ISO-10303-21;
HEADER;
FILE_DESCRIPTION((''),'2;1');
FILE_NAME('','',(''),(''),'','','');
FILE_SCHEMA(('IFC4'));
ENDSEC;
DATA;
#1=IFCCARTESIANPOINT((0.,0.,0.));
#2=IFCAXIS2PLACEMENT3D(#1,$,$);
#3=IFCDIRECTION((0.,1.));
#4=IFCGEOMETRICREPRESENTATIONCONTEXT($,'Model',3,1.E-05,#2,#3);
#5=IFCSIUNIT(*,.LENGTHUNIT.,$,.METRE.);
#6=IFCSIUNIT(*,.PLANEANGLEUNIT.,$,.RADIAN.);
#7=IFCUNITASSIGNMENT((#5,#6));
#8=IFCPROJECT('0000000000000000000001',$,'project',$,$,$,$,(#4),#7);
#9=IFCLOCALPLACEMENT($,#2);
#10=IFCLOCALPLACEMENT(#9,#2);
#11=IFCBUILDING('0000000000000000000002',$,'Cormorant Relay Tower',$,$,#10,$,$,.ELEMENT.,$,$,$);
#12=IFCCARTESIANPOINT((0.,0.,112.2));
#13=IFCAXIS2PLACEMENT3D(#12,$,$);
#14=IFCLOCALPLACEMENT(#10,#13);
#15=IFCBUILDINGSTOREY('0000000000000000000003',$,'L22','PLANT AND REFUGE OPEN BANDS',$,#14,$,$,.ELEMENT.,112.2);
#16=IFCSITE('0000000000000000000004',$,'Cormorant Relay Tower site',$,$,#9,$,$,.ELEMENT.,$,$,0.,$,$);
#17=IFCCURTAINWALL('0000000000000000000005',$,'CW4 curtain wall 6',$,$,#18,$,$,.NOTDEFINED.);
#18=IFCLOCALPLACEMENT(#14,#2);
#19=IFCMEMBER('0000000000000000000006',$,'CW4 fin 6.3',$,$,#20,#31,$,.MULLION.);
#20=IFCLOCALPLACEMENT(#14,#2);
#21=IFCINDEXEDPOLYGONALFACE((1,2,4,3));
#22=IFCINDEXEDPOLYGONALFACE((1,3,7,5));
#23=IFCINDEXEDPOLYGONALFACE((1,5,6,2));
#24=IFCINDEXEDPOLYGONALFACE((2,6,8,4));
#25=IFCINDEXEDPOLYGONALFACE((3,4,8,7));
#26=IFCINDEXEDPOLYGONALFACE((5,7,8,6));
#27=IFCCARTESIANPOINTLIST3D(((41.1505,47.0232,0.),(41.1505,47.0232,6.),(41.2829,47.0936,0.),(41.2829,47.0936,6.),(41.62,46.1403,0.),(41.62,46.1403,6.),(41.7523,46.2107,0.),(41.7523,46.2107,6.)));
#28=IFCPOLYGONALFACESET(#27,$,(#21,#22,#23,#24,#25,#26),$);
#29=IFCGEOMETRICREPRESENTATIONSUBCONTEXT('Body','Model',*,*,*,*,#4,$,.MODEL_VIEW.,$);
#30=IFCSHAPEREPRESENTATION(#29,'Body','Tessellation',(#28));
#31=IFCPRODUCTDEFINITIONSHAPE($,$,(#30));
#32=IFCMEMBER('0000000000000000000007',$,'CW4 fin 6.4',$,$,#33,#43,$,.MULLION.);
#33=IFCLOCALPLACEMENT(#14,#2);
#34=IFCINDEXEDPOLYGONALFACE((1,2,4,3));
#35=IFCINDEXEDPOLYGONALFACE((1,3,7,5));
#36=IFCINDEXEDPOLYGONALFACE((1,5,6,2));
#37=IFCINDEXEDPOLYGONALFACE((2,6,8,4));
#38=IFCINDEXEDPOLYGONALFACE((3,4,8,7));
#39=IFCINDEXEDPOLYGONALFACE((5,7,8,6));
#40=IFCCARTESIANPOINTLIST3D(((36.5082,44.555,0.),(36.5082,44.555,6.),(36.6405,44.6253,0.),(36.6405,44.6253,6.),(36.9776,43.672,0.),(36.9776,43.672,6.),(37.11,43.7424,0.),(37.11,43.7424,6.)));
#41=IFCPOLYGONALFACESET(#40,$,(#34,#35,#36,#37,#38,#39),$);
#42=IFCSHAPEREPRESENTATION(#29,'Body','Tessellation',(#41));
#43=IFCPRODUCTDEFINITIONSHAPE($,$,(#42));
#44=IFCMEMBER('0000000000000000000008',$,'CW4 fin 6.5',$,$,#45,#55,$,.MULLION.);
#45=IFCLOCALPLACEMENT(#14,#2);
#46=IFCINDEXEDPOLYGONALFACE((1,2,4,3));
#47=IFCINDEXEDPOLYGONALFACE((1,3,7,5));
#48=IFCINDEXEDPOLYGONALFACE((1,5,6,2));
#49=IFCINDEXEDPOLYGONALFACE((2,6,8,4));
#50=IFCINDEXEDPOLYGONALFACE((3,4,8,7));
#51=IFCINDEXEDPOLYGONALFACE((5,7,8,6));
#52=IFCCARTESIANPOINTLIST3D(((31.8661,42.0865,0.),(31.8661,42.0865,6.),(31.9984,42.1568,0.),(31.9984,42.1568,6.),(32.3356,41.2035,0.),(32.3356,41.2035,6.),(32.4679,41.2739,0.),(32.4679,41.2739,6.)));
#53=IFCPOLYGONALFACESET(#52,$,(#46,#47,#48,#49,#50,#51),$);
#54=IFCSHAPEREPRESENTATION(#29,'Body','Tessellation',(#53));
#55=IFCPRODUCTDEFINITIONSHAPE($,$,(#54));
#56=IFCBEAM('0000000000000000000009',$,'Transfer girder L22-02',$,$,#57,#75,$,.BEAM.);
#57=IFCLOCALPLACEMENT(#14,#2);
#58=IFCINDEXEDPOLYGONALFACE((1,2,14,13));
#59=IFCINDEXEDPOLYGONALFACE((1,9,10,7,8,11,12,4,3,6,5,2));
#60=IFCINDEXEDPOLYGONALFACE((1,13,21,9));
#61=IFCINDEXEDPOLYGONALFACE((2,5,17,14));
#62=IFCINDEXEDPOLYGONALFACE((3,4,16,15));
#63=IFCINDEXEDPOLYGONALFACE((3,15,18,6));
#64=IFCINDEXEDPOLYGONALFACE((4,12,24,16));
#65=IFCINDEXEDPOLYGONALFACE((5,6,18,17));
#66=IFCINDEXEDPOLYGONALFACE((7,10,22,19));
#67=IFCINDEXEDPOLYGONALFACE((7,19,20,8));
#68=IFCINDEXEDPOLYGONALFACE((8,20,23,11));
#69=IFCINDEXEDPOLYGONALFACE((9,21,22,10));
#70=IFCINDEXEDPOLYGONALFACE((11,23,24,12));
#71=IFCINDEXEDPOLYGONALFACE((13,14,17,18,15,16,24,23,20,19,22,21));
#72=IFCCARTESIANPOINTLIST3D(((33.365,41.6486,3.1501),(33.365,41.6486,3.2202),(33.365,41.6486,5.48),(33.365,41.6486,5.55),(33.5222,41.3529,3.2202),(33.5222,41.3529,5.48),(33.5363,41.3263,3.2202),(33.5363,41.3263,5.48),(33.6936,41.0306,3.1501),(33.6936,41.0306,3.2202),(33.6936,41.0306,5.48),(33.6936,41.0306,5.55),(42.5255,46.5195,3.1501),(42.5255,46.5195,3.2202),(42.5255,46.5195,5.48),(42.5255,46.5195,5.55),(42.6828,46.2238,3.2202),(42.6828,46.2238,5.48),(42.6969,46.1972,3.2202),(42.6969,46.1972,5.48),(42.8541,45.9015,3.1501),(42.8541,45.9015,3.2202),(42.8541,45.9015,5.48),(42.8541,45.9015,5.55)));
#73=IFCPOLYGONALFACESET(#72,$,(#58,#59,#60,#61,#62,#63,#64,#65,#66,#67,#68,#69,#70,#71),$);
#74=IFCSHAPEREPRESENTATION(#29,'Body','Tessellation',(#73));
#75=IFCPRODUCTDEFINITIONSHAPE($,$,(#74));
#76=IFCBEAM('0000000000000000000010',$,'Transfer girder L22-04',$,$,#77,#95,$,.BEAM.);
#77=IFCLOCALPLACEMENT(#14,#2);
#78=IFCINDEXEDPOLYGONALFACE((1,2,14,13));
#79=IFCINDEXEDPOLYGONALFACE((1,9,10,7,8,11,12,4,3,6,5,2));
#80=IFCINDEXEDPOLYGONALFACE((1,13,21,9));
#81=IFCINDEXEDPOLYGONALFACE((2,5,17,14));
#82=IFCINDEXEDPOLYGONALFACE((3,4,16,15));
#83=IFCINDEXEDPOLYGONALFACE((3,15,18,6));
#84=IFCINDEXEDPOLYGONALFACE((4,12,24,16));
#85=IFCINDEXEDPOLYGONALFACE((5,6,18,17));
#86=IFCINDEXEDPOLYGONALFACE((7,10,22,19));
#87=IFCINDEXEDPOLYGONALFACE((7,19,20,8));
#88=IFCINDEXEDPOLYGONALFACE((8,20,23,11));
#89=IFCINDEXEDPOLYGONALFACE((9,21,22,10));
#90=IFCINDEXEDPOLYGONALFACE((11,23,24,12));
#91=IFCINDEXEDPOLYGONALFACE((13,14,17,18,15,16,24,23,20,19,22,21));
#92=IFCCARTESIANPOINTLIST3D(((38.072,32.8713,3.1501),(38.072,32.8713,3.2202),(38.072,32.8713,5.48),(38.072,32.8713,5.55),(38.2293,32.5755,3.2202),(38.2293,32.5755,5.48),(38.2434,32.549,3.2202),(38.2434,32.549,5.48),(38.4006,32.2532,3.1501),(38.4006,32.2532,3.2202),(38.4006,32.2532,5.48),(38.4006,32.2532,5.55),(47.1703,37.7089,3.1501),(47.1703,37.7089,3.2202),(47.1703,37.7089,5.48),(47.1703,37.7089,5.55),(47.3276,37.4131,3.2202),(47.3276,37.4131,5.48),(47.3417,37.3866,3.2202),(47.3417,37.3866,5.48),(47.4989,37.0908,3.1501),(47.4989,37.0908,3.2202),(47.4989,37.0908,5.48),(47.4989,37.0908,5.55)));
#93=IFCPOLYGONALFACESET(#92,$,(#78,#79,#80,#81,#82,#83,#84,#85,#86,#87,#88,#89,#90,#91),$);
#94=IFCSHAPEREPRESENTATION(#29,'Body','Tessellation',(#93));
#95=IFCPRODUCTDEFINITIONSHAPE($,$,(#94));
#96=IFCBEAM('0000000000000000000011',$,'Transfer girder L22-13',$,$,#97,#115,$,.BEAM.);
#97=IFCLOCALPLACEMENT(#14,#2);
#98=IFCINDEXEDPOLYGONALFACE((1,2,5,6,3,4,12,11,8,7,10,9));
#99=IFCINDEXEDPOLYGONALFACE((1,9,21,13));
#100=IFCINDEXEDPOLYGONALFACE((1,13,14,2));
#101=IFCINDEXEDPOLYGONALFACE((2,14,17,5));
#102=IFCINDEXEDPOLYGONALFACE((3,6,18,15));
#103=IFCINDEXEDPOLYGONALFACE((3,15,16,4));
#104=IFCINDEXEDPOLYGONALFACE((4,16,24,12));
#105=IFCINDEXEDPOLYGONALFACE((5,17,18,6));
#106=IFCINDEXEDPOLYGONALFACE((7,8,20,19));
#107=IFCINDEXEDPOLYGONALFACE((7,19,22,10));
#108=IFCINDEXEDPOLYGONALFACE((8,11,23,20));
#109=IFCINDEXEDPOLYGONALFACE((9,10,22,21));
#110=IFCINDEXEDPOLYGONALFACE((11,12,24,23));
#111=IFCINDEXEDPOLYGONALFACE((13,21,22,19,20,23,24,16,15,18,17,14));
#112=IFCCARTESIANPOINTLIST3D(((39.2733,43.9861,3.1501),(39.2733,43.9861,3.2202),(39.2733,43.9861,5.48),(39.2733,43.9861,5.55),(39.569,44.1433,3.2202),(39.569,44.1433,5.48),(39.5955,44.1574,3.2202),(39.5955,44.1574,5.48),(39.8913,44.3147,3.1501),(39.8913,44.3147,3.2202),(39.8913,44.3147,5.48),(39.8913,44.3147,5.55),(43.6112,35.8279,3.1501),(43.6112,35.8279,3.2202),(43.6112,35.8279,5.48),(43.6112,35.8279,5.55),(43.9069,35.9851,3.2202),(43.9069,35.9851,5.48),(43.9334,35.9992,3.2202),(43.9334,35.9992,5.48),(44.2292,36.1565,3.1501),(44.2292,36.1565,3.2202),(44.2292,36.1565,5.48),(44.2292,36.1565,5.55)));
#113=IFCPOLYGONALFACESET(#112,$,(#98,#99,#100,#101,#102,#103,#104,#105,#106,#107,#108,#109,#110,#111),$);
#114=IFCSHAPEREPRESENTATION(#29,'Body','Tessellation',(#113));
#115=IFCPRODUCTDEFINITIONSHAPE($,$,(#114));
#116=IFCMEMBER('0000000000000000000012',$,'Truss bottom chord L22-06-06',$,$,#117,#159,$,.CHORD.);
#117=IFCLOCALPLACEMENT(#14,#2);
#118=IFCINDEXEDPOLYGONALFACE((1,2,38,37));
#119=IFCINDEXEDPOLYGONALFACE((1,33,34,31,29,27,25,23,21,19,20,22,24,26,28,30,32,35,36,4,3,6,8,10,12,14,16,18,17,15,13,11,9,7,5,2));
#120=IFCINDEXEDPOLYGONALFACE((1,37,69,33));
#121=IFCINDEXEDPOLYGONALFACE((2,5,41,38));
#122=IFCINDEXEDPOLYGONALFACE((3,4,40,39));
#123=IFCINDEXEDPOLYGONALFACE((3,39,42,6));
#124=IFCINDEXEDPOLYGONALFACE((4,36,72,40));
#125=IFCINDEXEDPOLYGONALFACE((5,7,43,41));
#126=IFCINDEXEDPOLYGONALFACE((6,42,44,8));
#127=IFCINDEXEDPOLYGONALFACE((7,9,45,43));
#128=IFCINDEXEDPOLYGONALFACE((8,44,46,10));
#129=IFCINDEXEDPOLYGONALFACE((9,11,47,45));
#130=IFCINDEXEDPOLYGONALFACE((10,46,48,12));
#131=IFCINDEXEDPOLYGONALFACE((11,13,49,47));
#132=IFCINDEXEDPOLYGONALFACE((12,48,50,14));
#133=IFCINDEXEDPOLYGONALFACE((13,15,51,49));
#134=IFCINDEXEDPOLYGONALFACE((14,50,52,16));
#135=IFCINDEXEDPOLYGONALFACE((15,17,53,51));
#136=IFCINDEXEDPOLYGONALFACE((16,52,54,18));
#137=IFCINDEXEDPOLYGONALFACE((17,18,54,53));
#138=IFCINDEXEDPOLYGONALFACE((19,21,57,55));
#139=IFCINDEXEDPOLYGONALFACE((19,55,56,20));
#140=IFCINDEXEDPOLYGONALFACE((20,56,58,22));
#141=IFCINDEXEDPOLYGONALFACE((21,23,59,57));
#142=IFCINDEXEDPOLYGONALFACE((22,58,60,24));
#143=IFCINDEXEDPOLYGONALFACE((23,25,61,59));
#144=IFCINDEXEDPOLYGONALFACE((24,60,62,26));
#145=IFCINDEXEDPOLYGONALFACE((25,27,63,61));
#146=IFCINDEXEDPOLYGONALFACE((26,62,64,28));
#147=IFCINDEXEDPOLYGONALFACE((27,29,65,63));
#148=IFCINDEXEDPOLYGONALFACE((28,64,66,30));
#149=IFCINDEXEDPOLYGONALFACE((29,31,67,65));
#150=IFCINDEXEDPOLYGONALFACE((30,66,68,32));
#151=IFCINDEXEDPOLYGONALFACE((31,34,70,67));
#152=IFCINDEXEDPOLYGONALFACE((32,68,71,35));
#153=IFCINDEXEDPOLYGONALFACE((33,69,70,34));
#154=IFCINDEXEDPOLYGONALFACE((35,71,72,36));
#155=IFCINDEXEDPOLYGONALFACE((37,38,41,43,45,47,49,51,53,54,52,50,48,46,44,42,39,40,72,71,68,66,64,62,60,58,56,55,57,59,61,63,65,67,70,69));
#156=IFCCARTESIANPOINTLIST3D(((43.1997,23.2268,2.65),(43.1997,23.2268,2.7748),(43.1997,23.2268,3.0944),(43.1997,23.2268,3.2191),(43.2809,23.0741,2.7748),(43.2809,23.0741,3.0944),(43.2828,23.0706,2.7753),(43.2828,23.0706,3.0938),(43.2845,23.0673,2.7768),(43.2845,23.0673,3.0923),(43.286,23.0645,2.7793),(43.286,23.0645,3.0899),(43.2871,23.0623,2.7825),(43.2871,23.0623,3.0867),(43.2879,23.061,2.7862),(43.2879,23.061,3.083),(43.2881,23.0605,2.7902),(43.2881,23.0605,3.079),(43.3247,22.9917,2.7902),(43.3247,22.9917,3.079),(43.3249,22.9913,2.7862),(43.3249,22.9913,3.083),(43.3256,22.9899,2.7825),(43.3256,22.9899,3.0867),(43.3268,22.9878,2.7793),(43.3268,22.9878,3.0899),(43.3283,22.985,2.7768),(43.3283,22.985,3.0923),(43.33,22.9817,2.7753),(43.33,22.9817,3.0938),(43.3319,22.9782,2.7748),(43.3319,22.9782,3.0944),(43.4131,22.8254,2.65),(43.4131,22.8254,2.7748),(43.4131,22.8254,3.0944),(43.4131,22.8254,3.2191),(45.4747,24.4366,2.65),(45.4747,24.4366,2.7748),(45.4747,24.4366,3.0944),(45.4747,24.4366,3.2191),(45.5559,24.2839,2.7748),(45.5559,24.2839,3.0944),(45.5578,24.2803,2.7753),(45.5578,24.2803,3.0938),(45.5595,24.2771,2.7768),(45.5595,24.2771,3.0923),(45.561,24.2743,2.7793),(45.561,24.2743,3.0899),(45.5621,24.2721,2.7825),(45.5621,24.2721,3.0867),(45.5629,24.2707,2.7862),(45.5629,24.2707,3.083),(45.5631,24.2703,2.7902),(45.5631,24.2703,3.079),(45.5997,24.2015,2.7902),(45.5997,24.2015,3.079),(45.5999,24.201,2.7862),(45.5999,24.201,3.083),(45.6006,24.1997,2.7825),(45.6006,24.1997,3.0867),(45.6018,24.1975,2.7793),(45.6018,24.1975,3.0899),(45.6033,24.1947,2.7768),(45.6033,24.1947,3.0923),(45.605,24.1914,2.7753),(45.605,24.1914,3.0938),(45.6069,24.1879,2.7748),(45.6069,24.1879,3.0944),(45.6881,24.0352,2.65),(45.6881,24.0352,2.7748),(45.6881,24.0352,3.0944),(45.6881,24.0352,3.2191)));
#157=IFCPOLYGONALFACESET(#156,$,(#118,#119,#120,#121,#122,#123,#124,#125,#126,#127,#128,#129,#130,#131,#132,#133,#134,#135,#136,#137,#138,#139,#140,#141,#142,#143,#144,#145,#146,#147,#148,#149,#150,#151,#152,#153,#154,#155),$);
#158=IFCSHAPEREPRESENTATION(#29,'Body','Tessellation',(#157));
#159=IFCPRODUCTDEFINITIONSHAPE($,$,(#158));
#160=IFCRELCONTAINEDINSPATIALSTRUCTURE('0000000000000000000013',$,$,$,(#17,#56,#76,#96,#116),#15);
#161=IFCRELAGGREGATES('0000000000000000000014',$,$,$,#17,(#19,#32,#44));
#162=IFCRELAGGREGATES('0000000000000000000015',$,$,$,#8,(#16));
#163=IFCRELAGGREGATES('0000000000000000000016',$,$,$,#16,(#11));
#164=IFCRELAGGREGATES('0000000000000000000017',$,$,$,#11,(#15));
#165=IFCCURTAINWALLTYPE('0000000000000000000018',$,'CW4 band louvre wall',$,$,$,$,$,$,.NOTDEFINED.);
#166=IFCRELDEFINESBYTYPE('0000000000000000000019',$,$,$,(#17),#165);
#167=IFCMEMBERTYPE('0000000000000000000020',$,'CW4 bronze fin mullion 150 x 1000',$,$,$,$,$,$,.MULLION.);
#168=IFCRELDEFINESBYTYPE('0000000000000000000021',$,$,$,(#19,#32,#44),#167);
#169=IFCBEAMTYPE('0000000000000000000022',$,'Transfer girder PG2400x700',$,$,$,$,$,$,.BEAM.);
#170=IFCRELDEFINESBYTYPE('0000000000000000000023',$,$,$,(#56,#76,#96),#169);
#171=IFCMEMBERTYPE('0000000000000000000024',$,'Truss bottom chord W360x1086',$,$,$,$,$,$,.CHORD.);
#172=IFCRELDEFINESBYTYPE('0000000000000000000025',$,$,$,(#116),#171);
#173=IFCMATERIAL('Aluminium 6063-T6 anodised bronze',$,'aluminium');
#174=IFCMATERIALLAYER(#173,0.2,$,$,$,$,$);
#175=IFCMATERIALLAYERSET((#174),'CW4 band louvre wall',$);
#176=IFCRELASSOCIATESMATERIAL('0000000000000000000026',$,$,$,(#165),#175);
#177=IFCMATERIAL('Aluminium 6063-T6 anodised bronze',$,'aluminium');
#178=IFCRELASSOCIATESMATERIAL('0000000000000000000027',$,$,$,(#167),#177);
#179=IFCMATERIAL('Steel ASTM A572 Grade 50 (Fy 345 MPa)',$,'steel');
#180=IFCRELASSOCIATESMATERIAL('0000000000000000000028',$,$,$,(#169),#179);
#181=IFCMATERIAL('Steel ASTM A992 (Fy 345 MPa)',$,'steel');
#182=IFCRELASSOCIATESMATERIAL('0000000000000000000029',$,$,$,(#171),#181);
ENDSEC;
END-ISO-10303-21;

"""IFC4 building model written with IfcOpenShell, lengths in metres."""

from ifc_helpers import new_model, si_unit, direction, frame, origin, origin_2d, place, context, subcontext, project, spatial, rectangle, i_section, extrude, material, layer, layer_set, material_profile, profile_set, type_object, element, aggregate, save


model = new_model("IFC4")

# Units and contexts
model_context = context("Model", 3, precision=1e-05, world=origin(), true_north=direction((0.0, 1.0)))
body_context = subcontext(model_context, "Body", "Model", "MODEL_VIEW")
ifc_project = project(units=[si_unit("LENGTHUNIT", "METRE"), si_unit("PLANEANGLEUNIT", "RADIAN")], contexts=[model_context])

# Site, building, storey
site_placement = place(None, origin())
site = spatial("IfcSite", under=ifc_project, at=site_placement, Name="Cormorant Relay Tower site", CompositionType="ELEMENT", RefElevation=0.0)
building_placement = place(site_placement, origin())
building = spatial("IfcBuilding", under=site, at=building_placement, Name="Cormorant Relay Tower", CompositionType="ELEMENT")
storey_placement = place(building_placement, frame((0.0, 0.0, 112.2)))
storey = spatial("IfcBuildingStorey", under=building, at=storey_placement, Name="L22", Description="PLANT AND REFUGE OPEN BANDS", CompositionType="ELEMENT", Elevation=112.2)

# Curtain wall, members
ifc_material_1 = material(Name="Aluminium 6063-T6 anodised bronze", Category="aluminium")
ifc_layer_1 = layer(ifc_material_1, 0.2)
ifc_layer_set_1 = layer_set([ifc_layer_1], Name="CW4 band louvre wall")
curtain_wall_type = type_object("IfcCurtainWallType", Name="CW4 band louvre wall", PredefinedType="NOTDEFINED", material=ifc_layer_set_1)
curtain_wall_placement = place(storey_placement, origin())
curtain_wall = element("IfcCurtainWall", 1, at=curtain_wall_placement, inside=storey, type_object=curtain_wall_type, Name="CW4 curtain wall 6", PredefinedType="NOTDEFINED")
ifc_material_2 = material(Name="Aluminium 6063-T6 anodised bronze", Category="aluminium")
ifc_material_profile_1 = material_profile(ifc_material_2, rectangle(XDim=0.1499, YDim=1.0, at=origin_2d()), Name="AL 150x1000")
ifc_profile_set_1 = profile_set([ifc_material_profile_1], Name="Aluminium 6063-T6 anodised bronze")
member_type_1 = type_object("IfcMemberType", Name="CW4 bronze fin mullion 150 x 1000", PredefinedType="MULLION", material=ifc_profile_set_1)
member_1_placement = place(storey_placement, frame((41.4514, 46.6169, 0.0), z_axis=(0.0, 0.0, 1.0), x_axis=(-0.882948, -0.469472, 0.0)))
member_1 = element("IfcMember", 2, at=member_1_placement, type_object=member_type_1, Name="CW4 fin 6.3", PredefinedType="MULLION", context=body_context, shape_type="SweptSolid", body=[
    extrude(rectangle(XDim=0.1499, YDim=1.0, at=origin_2d()), origin(), (0.0, 0.0, 1.0), 6.0),
])
member_2_placement = place(storey_placement, frame((36.8091, 44.1487, 0.0), z_axis=(0.0, 0.0, 1.0), x_axis=(-0.882948, -0.469472, 0.0)))
member_2 = element("IfcMember", 3, at=member_2_placement, type_object=member_type_1, Name="CW4 fin 6.4", PredefinedType="MULLION", context=body_context, shape_type="SweptSolid", body=[
    extrude(rectangle(XDim=0.1499, YDim=1.0, at=origin_2d()), origin(), (0.0, 0.0, 1.0), 6.0),
])
member_3_placement = place(storey_placement, frame((32.167, 41.6802, 0.0), z_axis=(0.0, 0.0, 1.0), x_axis=(-0.882948, -0.469472, 0.0)))
member_3 = element("IfcMember", 4, at=member_3_placement, type_object=member_type_1, Name="CW4 fin 6.5", PredefinedType="MULLION", context=body_context, shape_type="SweptSolid", body=[
    extrude(rectangle(XDim=0.1499, YDim=1.0, at=origin_2d()), origin(), (0.0, 0.0, 1.0), 6.0),
])

# Beams
ifc_material_3 = material(Name="Steel ASTM A572 Grade 50 (Fy 345 MPa)", Category="steel")
ifc_material_profile_2 = material_profile(ifc_material_3, i_section(OverallWidth=0.7, OverallDepth=2.3999, WebThickness=0.03, FlangeThickness=0.0701, at=origin_2d()), Name="PG2400x700")
ifc_profile_set_2 = profile_set([ifc_material_profile_2], Name="Steel ASTM A572 Grade 50 (Fy 345 MPa)")
beam_type = type_object("IfcBeamType", Name="Transfer girder PG2400x700", PredefinedType="BEAM", material=ifc_profile_set_2)
beam_1_placement = place(storey_placement, frame((33.5293, 41.3396, 4.3501), z_axis=(0.88294, 0.469485, 0.0), x_axis=(-0.469485, 0.88294, 0.0)))
element("IfcBeam", 5, at=beam_1_placement, inside=storey, type_object=beam_type, Name="Transfer girder L22-02", PredefinedType="BEAM", context=body_context, shape_type="SweptSolid", body=[
    extrude(i_section(OverallWidth=0.7, OverallDepth=2.3999, WebThickness=0.03, FlangeThickness=0.0701, at=origin_2d()), origin(), (0.0, 0.0, 1.0), 10.375),
])
beam_2_placement = place(storey_placement, frame((38.2363, 32.5623, 4.3501), z_axis=(0.88295, 0.469468, 0.0), x_axis=(-0.469468, 0.88295, 0.0)))
element("IfcBeam", 6, at=beam_2_placement, inside=storey, type_object=beam_type, Name="Transfer girder L22-04", PredefinedType="BEAM", context=body_context, shape_type="SweptSolid", body=[
    extrude(i_section(OverallWidth=0.7, OverallDepth=2.3999, WebThickness=0.03, FlangeThickness=0.0701, at=origin_2d()), origin(), (0.0, 0.0, 1.0), 10.3044),
])
beam_3_placement = place(storey_placement, frame((43.9202, 35.9922, 4.3501), z_axis=(-0.46948, 0.882943, 0.0), x_axis=(-0.882943, -0.46948, 0.0)))
element("IfcBeam", 7, at=beam_3_placement, inside=storey, type_object=beam_type, Name="Transfer girder L22-13", PredefinedType="BEAM", context=body_context, shape_type="SweptSolid", body=[
    extrude(i_section(OverallWidth=0.7, OverallDepth=2.3999, WebThickness=0.03, FlangeThickness=0.0701, at=origin_2d()), origin(), (0.0, 0.0, 1.0), 9.2397),
])

# Member
ifc_material_4 = material(Name="Steel ASTM A992 (Fy 345 MPa)", Category="steel")
ifc_material_profile_3 = material_profile(ifc_material_4, i_section(OverallWidth=0.4546, OverallDepth=0.5691, WebThickness=0.0779, FlangeThickness=0.1248, FilletRadius=0.0154, at=origin_2d()), Name="W360x1086")
ifc_profile_set_3 = profile_set([ifc_material_profile_3], Name="Steel ASTM A992 (Fy 345 MPa)")
member_type_2 = type_object("IfcMemberType", Name="Truss bottom chord W360x1086", PredefinedType="CHORD", material=ifc_profile_set_3)
member_4_placement = place(storey_placement, frame((43.3064, 23.0261, 2.9346), z_axis=(0.882927, 0.469511, 0.0), x_axis=(-0.469511, 0.882927, 0.0)))
element("IfcMember", 8, at=member_4_placement, inside=storey, type_object=member_type_2, Name="Truss bottom chord L22-06-06", PredefinedType="CHORD", context=body_context, shape_type="SweptSolid", body=[
    extrude(i_section(OverallWidth=0.4546, OverallDepth=0.5691, WebThickness=0.0779, FlangeThickness=0.1248, FilletRadius=0.0154, at=origin_2d()), origin(), (0.0, 0.0, 1.0), 2.5767),
])

aggregate(curtain_wall, [member_1, member_2, member_3])

save(model, "model.ifc")
